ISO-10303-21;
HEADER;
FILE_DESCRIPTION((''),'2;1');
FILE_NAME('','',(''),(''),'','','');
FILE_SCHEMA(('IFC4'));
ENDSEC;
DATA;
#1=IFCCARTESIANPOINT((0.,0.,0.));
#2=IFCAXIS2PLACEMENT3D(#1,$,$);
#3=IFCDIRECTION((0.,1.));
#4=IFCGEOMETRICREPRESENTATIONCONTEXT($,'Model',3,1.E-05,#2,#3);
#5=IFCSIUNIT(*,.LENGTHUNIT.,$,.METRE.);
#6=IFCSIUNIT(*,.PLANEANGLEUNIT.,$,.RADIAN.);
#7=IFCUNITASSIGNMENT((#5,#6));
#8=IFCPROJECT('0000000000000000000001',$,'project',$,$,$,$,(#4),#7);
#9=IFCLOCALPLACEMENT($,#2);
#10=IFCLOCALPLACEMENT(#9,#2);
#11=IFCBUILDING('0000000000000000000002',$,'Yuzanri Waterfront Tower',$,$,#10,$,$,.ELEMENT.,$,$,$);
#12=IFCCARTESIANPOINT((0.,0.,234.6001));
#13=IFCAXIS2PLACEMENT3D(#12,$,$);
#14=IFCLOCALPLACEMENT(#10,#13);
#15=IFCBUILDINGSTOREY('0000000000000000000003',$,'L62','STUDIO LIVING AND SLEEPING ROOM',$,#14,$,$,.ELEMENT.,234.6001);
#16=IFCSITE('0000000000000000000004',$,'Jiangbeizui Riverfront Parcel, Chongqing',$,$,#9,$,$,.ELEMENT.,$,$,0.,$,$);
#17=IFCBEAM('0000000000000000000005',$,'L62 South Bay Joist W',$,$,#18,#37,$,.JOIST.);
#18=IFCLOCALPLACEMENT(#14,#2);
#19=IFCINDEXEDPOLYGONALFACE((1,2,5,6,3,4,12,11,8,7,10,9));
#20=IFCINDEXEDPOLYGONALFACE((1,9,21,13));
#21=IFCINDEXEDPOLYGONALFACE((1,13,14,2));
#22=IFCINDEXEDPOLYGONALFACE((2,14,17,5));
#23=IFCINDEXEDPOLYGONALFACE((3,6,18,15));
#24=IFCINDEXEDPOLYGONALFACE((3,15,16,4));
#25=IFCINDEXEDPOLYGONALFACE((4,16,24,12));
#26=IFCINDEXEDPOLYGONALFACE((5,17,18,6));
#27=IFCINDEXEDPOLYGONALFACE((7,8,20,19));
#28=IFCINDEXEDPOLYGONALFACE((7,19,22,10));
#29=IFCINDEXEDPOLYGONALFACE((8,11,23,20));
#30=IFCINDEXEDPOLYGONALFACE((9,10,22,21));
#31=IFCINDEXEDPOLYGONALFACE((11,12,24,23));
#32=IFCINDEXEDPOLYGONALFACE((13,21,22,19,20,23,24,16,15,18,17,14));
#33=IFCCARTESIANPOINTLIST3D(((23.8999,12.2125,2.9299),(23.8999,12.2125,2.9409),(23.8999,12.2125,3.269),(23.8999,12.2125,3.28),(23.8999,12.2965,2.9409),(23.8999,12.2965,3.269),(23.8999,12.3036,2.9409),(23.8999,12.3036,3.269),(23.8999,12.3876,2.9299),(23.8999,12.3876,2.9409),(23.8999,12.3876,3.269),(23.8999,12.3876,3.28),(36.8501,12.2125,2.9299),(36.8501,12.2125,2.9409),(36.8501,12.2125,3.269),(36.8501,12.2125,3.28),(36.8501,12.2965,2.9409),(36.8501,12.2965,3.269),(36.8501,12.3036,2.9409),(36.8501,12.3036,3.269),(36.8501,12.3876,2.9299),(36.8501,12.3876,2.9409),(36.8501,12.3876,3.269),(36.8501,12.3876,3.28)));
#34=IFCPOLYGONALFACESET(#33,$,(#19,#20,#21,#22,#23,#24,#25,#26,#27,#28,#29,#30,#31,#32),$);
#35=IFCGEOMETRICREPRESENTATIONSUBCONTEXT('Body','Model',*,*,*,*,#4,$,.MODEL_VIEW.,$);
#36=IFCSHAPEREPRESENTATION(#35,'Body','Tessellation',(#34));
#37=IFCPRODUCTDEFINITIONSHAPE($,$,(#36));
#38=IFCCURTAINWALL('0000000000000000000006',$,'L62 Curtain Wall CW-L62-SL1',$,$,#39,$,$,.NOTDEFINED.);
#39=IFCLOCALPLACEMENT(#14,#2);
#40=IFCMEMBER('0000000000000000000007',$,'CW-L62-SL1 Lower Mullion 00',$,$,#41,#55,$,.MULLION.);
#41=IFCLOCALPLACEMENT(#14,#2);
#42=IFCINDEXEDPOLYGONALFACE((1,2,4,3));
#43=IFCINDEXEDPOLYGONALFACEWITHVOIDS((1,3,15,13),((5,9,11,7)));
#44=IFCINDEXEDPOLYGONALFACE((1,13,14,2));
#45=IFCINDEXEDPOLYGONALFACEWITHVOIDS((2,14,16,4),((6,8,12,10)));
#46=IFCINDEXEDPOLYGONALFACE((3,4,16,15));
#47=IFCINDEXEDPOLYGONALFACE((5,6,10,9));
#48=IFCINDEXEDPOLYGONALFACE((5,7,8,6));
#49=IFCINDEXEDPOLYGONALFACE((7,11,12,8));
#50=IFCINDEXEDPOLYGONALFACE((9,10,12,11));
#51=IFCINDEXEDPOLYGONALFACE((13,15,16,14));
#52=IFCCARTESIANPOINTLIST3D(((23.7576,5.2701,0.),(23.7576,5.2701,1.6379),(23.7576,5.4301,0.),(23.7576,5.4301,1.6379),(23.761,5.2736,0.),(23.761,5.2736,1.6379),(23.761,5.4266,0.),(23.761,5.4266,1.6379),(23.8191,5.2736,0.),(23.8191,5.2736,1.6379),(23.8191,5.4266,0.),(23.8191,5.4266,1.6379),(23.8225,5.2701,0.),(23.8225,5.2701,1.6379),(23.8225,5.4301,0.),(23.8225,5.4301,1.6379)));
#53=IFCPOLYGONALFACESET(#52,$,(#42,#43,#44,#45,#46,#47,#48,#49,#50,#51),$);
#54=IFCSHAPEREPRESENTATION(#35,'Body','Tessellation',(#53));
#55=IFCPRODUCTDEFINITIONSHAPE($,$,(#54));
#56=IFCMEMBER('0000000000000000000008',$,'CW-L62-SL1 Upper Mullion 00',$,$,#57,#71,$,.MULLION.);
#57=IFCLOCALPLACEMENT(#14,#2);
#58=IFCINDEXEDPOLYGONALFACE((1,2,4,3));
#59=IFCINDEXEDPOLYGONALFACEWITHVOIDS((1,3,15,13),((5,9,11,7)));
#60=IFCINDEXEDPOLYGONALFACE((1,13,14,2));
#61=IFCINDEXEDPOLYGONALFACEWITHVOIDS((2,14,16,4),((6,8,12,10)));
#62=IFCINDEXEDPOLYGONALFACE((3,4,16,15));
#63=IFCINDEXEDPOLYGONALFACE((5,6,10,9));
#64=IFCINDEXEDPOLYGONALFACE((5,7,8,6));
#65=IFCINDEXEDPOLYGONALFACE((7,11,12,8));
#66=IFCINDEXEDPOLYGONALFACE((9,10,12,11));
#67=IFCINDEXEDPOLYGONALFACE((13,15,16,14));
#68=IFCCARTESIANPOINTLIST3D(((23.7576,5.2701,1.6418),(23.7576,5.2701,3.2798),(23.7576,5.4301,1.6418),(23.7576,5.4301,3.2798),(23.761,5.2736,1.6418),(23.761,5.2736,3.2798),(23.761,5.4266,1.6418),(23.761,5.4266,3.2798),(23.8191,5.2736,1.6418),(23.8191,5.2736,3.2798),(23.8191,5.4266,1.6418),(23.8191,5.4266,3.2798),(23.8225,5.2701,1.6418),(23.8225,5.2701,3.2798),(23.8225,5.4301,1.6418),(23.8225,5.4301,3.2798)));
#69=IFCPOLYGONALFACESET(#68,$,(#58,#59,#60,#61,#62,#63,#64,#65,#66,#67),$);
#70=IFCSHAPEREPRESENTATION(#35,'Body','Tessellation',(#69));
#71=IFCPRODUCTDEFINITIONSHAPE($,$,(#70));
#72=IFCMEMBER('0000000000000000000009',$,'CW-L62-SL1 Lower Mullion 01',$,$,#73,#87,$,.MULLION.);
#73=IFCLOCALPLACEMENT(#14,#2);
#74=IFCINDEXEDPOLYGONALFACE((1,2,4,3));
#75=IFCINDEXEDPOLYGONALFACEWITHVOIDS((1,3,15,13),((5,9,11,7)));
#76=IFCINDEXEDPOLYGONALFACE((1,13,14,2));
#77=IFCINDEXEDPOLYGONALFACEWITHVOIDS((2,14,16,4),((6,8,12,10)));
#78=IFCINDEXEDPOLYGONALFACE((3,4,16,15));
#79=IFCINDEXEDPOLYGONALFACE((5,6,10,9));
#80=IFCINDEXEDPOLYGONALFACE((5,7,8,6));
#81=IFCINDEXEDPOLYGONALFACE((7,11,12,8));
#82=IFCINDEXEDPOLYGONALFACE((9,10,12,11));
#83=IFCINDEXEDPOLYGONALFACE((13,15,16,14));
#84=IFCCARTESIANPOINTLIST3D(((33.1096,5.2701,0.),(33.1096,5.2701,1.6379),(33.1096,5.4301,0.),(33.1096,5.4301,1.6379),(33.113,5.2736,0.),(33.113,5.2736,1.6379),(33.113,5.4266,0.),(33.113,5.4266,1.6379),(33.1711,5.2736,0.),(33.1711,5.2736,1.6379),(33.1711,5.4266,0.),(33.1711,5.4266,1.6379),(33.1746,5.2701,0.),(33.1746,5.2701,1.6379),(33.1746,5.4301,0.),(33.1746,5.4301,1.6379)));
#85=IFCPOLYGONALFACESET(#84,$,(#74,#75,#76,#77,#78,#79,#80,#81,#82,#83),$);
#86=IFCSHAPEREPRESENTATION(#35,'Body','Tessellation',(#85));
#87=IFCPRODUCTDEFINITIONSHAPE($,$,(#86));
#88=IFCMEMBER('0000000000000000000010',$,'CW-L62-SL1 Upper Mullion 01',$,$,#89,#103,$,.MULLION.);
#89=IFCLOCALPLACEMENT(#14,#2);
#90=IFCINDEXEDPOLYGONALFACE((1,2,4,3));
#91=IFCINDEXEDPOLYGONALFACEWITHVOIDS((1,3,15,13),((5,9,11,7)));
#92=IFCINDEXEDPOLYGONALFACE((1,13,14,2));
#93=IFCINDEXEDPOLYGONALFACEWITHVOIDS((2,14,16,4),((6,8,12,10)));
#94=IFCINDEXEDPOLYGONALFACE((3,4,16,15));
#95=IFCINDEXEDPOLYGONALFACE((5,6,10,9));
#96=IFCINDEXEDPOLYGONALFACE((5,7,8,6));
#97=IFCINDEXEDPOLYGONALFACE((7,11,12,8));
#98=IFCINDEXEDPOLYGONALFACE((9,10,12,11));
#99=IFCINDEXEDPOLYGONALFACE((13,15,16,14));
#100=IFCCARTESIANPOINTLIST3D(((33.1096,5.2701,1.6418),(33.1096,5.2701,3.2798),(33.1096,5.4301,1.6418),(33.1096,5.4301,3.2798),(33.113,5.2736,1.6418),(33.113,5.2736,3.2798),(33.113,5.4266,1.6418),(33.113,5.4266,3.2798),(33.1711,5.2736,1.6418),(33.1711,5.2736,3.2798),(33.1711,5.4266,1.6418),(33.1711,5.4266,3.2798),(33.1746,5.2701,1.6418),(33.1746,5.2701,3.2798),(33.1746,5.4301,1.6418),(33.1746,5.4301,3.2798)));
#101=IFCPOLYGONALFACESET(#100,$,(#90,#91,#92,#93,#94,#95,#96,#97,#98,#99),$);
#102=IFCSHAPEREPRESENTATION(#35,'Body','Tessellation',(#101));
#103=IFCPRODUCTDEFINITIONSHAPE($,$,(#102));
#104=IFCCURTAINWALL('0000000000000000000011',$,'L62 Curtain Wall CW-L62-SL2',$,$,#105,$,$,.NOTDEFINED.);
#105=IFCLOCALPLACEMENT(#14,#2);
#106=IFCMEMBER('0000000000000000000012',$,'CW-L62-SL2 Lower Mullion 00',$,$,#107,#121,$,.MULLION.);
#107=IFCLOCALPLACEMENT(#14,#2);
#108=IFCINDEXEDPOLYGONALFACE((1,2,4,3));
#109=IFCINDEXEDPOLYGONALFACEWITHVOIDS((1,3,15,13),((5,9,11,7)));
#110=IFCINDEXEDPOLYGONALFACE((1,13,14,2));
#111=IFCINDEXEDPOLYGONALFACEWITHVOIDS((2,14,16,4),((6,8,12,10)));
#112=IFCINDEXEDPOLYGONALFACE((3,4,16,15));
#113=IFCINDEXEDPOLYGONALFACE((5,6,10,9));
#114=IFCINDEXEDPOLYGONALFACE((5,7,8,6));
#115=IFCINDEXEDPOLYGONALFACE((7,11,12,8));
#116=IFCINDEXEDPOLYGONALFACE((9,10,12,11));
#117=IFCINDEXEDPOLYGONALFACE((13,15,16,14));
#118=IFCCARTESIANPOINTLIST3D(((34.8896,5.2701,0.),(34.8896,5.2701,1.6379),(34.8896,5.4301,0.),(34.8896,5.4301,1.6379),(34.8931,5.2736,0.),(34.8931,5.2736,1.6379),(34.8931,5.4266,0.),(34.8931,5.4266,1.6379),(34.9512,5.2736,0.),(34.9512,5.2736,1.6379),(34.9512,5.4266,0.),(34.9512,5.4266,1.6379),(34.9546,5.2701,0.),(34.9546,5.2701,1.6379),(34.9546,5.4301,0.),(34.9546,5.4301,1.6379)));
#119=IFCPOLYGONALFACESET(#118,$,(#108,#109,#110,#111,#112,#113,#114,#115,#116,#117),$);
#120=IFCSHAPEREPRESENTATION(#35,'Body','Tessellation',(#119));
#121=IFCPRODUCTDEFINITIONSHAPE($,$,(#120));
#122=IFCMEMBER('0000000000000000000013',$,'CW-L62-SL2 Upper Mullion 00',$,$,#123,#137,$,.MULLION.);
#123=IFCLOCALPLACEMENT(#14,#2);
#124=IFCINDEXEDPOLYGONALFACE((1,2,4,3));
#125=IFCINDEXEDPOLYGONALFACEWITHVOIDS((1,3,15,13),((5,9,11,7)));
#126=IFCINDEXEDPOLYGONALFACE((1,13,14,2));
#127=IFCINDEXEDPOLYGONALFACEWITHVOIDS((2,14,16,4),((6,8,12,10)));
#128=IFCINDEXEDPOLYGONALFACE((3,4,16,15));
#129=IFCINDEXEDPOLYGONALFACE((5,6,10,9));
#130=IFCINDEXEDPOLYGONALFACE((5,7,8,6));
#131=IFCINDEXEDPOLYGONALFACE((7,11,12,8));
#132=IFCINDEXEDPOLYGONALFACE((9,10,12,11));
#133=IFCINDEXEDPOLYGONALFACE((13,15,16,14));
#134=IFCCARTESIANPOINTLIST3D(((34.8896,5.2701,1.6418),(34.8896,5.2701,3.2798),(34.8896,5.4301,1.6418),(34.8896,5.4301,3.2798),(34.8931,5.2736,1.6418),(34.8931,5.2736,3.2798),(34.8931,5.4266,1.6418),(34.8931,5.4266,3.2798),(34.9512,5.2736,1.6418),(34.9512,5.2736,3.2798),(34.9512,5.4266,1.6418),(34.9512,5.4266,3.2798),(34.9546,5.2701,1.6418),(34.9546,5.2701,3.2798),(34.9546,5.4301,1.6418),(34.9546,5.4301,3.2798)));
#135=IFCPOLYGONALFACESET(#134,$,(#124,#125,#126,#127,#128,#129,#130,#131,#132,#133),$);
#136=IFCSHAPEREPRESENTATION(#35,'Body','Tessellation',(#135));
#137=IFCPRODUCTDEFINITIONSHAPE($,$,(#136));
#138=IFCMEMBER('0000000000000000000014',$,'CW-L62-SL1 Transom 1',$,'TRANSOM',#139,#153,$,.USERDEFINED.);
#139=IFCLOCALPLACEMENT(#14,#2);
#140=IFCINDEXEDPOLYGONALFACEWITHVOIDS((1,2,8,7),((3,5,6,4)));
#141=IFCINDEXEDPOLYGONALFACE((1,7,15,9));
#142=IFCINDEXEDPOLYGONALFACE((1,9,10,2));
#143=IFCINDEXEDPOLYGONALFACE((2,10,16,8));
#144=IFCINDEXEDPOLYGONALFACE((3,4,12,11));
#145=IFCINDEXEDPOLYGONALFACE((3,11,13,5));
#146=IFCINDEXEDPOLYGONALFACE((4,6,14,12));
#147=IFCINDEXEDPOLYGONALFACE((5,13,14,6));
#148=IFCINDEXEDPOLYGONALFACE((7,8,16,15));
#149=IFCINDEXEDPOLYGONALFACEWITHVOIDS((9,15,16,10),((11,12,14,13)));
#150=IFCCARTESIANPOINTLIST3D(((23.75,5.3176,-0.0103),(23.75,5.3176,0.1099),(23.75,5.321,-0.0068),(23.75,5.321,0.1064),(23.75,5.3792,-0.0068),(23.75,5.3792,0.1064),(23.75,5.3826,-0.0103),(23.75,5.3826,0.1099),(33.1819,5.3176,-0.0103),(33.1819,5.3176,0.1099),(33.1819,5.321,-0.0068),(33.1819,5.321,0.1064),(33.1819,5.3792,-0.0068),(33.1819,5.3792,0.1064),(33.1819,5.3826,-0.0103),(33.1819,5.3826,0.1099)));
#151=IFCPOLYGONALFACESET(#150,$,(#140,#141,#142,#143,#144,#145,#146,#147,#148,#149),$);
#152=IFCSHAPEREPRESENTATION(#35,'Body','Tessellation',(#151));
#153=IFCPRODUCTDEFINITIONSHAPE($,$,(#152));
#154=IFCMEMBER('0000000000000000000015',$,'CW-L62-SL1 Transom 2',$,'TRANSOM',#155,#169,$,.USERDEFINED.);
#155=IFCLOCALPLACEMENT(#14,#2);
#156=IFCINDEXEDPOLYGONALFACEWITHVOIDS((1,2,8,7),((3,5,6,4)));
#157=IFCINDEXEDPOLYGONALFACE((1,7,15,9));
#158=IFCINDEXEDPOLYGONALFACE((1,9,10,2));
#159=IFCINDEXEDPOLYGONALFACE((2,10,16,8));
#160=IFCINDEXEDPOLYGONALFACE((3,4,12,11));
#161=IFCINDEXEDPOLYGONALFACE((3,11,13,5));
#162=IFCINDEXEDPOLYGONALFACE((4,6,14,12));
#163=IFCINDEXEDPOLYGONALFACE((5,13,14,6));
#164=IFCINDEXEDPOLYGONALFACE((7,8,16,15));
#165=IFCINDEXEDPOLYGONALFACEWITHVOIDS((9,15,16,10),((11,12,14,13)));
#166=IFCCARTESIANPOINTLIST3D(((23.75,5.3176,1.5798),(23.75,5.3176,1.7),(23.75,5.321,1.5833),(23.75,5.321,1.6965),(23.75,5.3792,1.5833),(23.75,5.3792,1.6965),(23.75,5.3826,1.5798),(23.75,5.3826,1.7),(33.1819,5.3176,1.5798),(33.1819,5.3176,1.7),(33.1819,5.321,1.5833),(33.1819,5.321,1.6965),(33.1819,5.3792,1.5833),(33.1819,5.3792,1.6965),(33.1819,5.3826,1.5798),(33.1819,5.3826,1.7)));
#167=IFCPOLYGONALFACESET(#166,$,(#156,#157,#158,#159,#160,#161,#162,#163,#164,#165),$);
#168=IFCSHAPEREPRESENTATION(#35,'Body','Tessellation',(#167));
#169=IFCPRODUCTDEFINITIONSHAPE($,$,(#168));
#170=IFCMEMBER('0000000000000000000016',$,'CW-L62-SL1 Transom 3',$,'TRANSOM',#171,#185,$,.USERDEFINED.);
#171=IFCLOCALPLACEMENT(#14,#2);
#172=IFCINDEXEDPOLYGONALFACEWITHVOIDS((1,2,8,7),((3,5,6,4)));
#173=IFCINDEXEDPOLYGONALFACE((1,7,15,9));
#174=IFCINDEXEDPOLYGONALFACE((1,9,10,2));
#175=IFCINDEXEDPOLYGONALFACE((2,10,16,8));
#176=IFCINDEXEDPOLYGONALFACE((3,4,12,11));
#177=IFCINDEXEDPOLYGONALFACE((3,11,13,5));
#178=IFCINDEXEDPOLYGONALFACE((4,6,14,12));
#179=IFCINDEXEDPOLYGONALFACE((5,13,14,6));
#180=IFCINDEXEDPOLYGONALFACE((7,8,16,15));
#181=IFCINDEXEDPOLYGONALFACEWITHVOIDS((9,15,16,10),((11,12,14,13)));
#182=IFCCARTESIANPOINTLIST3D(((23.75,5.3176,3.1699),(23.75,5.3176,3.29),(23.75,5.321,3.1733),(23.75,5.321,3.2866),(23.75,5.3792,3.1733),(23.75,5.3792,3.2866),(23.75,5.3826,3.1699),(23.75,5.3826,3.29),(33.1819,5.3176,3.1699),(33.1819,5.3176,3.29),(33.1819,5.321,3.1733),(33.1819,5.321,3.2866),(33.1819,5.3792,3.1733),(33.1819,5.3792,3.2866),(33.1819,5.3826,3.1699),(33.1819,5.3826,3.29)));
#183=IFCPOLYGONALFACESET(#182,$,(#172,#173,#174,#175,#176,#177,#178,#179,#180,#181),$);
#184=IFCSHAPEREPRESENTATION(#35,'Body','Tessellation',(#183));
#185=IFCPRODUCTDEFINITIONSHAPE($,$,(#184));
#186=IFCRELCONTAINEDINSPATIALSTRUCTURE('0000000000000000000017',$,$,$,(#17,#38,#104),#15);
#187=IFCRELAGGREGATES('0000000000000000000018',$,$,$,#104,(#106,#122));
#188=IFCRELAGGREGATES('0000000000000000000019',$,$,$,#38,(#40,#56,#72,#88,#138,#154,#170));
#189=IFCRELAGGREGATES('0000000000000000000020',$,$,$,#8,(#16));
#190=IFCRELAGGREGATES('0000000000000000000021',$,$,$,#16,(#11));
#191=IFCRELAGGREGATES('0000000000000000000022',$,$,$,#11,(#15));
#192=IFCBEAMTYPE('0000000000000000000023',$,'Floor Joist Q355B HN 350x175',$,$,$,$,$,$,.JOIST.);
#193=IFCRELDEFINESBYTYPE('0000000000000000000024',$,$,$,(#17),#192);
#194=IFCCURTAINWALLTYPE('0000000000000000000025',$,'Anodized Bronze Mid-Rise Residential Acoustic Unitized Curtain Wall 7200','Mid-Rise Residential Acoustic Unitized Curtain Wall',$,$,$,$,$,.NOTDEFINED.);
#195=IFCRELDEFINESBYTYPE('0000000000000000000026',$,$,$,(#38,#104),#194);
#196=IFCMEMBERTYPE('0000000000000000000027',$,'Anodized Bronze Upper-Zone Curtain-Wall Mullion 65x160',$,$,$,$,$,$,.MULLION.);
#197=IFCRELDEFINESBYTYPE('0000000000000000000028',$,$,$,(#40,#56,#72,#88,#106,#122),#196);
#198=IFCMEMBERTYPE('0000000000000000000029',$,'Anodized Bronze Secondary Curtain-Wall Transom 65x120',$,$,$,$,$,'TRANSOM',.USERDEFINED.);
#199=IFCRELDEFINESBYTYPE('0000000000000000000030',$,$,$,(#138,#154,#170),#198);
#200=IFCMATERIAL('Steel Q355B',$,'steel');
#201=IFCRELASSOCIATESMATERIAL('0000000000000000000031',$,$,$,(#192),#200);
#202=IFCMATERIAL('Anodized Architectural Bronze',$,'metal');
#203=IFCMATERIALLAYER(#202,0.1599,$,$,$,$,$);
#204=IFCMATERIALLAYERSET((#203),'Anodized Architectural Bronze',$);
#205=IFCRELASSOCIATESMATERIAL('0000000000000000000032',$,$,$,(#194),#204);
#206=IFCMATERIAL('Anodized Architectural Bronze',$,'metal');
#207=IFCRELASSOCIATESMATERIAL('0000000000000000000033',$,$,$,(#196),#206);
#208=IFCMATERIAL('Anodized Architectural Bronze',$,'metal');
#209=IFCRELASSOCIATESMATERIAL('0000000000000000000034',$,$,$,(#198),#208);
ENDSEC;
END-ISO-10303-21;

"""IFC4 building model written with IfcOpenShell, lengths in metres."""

from ifc_helpers import new_model, si_unit, direction, frame, origin, origin_2d, place, context, subcontext, project, spatial, hollow_rectangle, i_section, extrude, source, transform, mapped, material, layer, layer_set, material_profile, profile_set, type_object, element, aggregate, save


model = new_model("IFC4")

# Units and contexts
model_context = context("Model", 3, precision=1e-05, world=origin(), true_north=direction((0.0, 1.0)))
body_context = subcontext(model_context, "Body", "Model", "MODEL_VIEW")
ifc_project = project(units=[si_unit("LENGTHUNIT", "METRE"), si_unit("PLANEANGLEUNIT", "RADIAN")], contexts=[model_context])

# Site, building, storey
site_placement = place(None, origin())
site = spatial("IfcSite", under=ifc_project, at=site_placement, Name="Jiangbeizui Riverfront Parcel, Chongqing", CompositionType="ELEMENT", RefElevation=0.0)
building_placement = place(site_placement, origin())
building = spatial("IfcBuilding", under=site, at=building_placement, Name="Yuzanri Waterfront Tower", CompositionType="ELEMENT")
storey_placement = place(building_placement, frame((0.0, 0.0, 234.6001)))
storey = spatial("IfcBuildingStorey", under=building, at=storey_placement, Name="L62", Description="STUDIO LIVING AND SLEEPING ROOM", CompositionType="ELEMENT", Elevation=234.6001)

# Beam
ifc_material_1 = material(Name="Steel Q355B", Category="steel")
ifc_material_profile_1 = material_profile(ifc_material_1, i_section(OverallWidth=0.175, OverallDepth=0.3501, WebThickness=0.0071, FlangeThickness=0.011, at=origin_2d()), Name="HN 350x175x7x11")
ifc_profile_set_1 = profile_set([ifc_material_profile_1], Name="Steel Q355B")
beam_type = type_object("IfcBeamType", Name="Floor Joist Q355B HN 350x175", PredefinedType="JOIST", material=ifc_profile_set_1)
shared_shape_1 = source(origin(), body_context, "Body", "SweptSolid", [
    extrude(i_section(OverallWidth=0.175, OverallDepth=0.3501, WebThickness=0.0071, FlangeThickness=0.011, at=origin_2d()), origin(), (0.0, 0.0, 1.0), 12.9502),
])
beam_placement = place(storey_placement, frame((23.8999, 12.3, 3.105), z_axis=(1.0, 0.0, 0.0), x_axis=(0.0, 1.0, 0.0)))
element("IfcBeam", 1, at=beam_placement, inside=storey, type_object=beam_type, Name="L62 South Bay Joist W", PredefinedType="JOIST", context=body_context, shape_type="MappedRepresentation", body=[
    mapped(shared_shape_1, transform((0.0, 0.0, 0.0), scale=1.0)),
])

# Curtain walls, members
ifc_material_2 = material(Name="Anodized Architectural Bronze", Category="metal")
ifc_layer_1 = layer(ifc_material_2, 0.1599)
ifc_layer_set_1 = layer_set([ifc_layer_1], Name="Anodized Architectural Bronze")
curtain_wall_type = type_object("IfcCurtainWallType", Name="Anodized Bronze Mid-Rise Residential Acoustic Unitized Curtain Wall 7200", Description="Mid-Rise Residential Acoustic Unitized Curtain Wall", PredefinedType="NOTDEFINED", material=ifc_layer_set_1)
curtain_wall_1_placement = place(storey_placement, origin())
curtain_wall_1 = element("IfcCurtainWall", 2, at=curtain_wall_1_placement, inside=storey, type_object=curtain_wall_type, Name="L62 Curtain Wall CW-L62-SL1", PredefinedType="NOTDEFINED")
ifc_material_3 = material(Name="Anodized Architectural Bronze", Category="metal")
ifc_material_profile_2 = material_profile(ifc_material_3, hollow_rectangle(XDim=0.0649, YDim=0.1599, WallThickness=0.0034, at=origin_2d()), Name="CWM 65x160")
ifc_profile_set_2 = profile_set([ifc_material_profile_2], Name="Anodized Architectural Bronze")
member_type_1 = type_object("IfcMemberType", Name="Anodized Bronze Upper-Zone Curtain-Wall Mullion 65x160", PredefinedType="MULLION", material=ifc_profile_set_2)
shared_shape_2 = source(origin(), body_context, "Body", "SweptSolid", [
    extrude(hollow_rectangle(XDim=0.0649, YDim=0.1599, WallThickness=0.0034, at=origin_2d()), origin(), (0.0, 0.0, 1.0), 1.6379),
])
member_1_placement = place(storey_placement, frame((23.79, 5.3501, 0.0), z_axis=(0.0, 0.0, 1.0), x_axis=(1.0, 0.0, 0.0)))
member_1 = element("IfcMember", 3, at=member_1_placement, type_object=member_type_1, Name="CW-L62-SL1 Lower Mullion 00", PredefinedType="MULLION", context=body_context, shape_type="MappedRepresentation", body=[
    mapped(shared_shape_2, transform((0.0, 0.0, 0.0), scale=1.0)),
])
member_2_placement = place(storey_placement, frame((23.79, 5.3501, 1.6418), z_axis=(0.0, 0.0, 1.0), x_axis=(1.0, 0.0, 0.0)))
member_2 = element("IfcMember", 4, at=member_2_placement, type_object=member_type_1, Name="CW-L62-SL1 Upper Mullion 00", PredefinedType="MULLION", context=body_context, shape_type="MappedRepresentation", body=[
    mapped(shared_shape_2, transform((0.0, 0.0, 0.0), scale=1.0)),
])
member_3_placement = place(storey_placement, frame((33.1421, 5.3501, 0.0), z_axis=(0.0, 0.0, 1.0), x_axis=(1.0, 0.0, 0.0)))
member_3 = element("IfcMember", 5, at=member_3_placement, type_object=member_type_1, Name="CW-L62-SL1 Lower Mullion 01", PredefinedType="MULLION", context=body_context, shape_type="MappedRepresentation", body=[
    mapped(shared_shape_2, transform((0.0, 0.0, 0.0), scale=1.0)),
])
member_4_placement = place(storey_placement, frame((33.1421, 5.3501, 1.6418), z_axis=(0.0, 0.0, 1.0), x_axis=(1.0, 0.0, 0.0)))
member_4 = element("IfcMember", 6, at=member_4_placement, type_object=member_type_1, Name="CW-L62-SL1 Upper Mullion 01", PredefinedType="MULLION", context=body_context, shape_type="MappedRepresentation", body=[
    mapped(shared_shape_2, transform((0.0, 0.0, 0.0), scale=1.0)),
])
curtain_wall_2_placement = place(storey_placement, origin())
curtain_wall_2 = element("IfcCurtainWall", 7, at=curtain_wall_2_placement, inside=storey, type_object=curtain_wall_type, Name="L62 Curtain Wall CW-L62-SL2", PredefinedType="NOTDEFINED")
member_5_placement = place(storey_placement, frame((34.9221, 5.3501, 0.0), z_axis=(0.0, 0.0, 1.0), x_axis=(1.0, 0.0, 0.0)))
member_5 = element("IfcMember", 8, at=member_5_placement, type_object=member_type_1, Name="CW-L62-SL2 Lower Mullion 00", PredefinedType="MULLION", context=body_context, shape_type="MappedRepresentation", body=[
    mapped(shared_shape_2, transform((0.0, 0.0, 0.0), scale=1.0)),
])
member_6_placement = place(storey_placement, frame((34.9221, 5.3501, 1.6418), z_axis=(0.0, 0.0, 1.0), x_axis=(1.0, 0.0, 0.0)))
member_6 = element("IfcMember", 9, at=member_6_placement, type_object=member_type_1, Name="CW-L62-SL2 Upper Mullion 00", PredefinedType="MULLION", context=body_context, shape_type="MappedRepresentation", body=[
    mapped(shared_shape_2, transform((0.0, 0.0, 0.0), scale=1.0)),
])

# Members
ifc_material_4 = material(Name="Anodized Architectural Bronze", Category="metal")
ifc_material_profile_3 = material_profile(ifc_material_4, hollow_rectangle(XDim=0.0649, YDim=0.1201, WallThickness=0.0034, at=origin_2d()), Name="CWT 65x120")
ifc_profile_set_3 = profile_set([ifc_material_profile_3], Name="Anodized Architectural Bronze")
member_type_2 = type_object("IfcMemberType", Name="Anodized Bronze Secondary Curtain-Wall Transom 65x120", ElementType="TRANSOM", PredefinedType="USERDEFINED", material=ifc_profile_set_3)
shared_shape_3 = source(origin(), body_context, "Body", "SweptSolid", [
    extrude(hollow_rectangle(XDim=0.0649, YDim=0.1201, WallThickness=0.0034, at=origin_2d()), origin(), (0.0, 0.0, 1.0), 9.4319),
])
member_7_placement = place(storey_placement, frame((23.75, 5.3501, 0.0498), z_axis=(1.0, 0.0, 0.0), x_axis=(0.0, 1.0, 0.0)))
member_7 = element("IfcMember", 10, at=member_7_placement, type_object=member_type_2, Name="CW-L62-SL1 Transom 1", ObjectType="TRANSOM", PredefinedType="USERDEFINED", context=body_context, shape_type="MappedRepresentation", body=[
    mapped(shared_shape_3, transform((0.0, 0.0, 0.0), scale=1.0)),
])
member_8_placement = place(storey_placement, frame((23.75, 5.3501, 1.6399), z_axis=(1.0, 0.0, 0.0), x_axis=(0.0, 1.0, 0.0)))
member_8 = element("IfcMember", 11, at=member_8_placement, type_object=member_type_2, Name="CW-L62-SL1 Transom 2", ObjectType="TRANSOM", PredefinedType="USERDEFINED", context=body_context, shape_type="MappedRepresentation", body=[
    mapped(shared_shape_3, transform((0.0, 0.0, 0.0), scale=1.0)),
])
member_9_placement = place(storey_placement, frame((23.75, 5.3501, 3.23), z_axis=(1.0, 0.0, 0.0), x_axis=(0.0, 1.0, 0.0)))
member_9 = element("IfcMember", 12, at=member_9_placement, type_object=member_type_2, Name="CW-L62-SL1 Transom 3", ObjectType="TRANSOM", PredefinedType="USERDEFINED", context=body_context, shape_type="MappedRepresentation", body=[
    mapped(shared_shape_3, transform((0.0, 0.0, 0.0), scale=1.0)),
])
aggregate(curtain_wall_2, [member_5, member_6])

aggregate(curtain_wall_1, [member_1, member_2, member_3, member_4, member_7, member_8, member_9])

save(model, "model.ifc")
